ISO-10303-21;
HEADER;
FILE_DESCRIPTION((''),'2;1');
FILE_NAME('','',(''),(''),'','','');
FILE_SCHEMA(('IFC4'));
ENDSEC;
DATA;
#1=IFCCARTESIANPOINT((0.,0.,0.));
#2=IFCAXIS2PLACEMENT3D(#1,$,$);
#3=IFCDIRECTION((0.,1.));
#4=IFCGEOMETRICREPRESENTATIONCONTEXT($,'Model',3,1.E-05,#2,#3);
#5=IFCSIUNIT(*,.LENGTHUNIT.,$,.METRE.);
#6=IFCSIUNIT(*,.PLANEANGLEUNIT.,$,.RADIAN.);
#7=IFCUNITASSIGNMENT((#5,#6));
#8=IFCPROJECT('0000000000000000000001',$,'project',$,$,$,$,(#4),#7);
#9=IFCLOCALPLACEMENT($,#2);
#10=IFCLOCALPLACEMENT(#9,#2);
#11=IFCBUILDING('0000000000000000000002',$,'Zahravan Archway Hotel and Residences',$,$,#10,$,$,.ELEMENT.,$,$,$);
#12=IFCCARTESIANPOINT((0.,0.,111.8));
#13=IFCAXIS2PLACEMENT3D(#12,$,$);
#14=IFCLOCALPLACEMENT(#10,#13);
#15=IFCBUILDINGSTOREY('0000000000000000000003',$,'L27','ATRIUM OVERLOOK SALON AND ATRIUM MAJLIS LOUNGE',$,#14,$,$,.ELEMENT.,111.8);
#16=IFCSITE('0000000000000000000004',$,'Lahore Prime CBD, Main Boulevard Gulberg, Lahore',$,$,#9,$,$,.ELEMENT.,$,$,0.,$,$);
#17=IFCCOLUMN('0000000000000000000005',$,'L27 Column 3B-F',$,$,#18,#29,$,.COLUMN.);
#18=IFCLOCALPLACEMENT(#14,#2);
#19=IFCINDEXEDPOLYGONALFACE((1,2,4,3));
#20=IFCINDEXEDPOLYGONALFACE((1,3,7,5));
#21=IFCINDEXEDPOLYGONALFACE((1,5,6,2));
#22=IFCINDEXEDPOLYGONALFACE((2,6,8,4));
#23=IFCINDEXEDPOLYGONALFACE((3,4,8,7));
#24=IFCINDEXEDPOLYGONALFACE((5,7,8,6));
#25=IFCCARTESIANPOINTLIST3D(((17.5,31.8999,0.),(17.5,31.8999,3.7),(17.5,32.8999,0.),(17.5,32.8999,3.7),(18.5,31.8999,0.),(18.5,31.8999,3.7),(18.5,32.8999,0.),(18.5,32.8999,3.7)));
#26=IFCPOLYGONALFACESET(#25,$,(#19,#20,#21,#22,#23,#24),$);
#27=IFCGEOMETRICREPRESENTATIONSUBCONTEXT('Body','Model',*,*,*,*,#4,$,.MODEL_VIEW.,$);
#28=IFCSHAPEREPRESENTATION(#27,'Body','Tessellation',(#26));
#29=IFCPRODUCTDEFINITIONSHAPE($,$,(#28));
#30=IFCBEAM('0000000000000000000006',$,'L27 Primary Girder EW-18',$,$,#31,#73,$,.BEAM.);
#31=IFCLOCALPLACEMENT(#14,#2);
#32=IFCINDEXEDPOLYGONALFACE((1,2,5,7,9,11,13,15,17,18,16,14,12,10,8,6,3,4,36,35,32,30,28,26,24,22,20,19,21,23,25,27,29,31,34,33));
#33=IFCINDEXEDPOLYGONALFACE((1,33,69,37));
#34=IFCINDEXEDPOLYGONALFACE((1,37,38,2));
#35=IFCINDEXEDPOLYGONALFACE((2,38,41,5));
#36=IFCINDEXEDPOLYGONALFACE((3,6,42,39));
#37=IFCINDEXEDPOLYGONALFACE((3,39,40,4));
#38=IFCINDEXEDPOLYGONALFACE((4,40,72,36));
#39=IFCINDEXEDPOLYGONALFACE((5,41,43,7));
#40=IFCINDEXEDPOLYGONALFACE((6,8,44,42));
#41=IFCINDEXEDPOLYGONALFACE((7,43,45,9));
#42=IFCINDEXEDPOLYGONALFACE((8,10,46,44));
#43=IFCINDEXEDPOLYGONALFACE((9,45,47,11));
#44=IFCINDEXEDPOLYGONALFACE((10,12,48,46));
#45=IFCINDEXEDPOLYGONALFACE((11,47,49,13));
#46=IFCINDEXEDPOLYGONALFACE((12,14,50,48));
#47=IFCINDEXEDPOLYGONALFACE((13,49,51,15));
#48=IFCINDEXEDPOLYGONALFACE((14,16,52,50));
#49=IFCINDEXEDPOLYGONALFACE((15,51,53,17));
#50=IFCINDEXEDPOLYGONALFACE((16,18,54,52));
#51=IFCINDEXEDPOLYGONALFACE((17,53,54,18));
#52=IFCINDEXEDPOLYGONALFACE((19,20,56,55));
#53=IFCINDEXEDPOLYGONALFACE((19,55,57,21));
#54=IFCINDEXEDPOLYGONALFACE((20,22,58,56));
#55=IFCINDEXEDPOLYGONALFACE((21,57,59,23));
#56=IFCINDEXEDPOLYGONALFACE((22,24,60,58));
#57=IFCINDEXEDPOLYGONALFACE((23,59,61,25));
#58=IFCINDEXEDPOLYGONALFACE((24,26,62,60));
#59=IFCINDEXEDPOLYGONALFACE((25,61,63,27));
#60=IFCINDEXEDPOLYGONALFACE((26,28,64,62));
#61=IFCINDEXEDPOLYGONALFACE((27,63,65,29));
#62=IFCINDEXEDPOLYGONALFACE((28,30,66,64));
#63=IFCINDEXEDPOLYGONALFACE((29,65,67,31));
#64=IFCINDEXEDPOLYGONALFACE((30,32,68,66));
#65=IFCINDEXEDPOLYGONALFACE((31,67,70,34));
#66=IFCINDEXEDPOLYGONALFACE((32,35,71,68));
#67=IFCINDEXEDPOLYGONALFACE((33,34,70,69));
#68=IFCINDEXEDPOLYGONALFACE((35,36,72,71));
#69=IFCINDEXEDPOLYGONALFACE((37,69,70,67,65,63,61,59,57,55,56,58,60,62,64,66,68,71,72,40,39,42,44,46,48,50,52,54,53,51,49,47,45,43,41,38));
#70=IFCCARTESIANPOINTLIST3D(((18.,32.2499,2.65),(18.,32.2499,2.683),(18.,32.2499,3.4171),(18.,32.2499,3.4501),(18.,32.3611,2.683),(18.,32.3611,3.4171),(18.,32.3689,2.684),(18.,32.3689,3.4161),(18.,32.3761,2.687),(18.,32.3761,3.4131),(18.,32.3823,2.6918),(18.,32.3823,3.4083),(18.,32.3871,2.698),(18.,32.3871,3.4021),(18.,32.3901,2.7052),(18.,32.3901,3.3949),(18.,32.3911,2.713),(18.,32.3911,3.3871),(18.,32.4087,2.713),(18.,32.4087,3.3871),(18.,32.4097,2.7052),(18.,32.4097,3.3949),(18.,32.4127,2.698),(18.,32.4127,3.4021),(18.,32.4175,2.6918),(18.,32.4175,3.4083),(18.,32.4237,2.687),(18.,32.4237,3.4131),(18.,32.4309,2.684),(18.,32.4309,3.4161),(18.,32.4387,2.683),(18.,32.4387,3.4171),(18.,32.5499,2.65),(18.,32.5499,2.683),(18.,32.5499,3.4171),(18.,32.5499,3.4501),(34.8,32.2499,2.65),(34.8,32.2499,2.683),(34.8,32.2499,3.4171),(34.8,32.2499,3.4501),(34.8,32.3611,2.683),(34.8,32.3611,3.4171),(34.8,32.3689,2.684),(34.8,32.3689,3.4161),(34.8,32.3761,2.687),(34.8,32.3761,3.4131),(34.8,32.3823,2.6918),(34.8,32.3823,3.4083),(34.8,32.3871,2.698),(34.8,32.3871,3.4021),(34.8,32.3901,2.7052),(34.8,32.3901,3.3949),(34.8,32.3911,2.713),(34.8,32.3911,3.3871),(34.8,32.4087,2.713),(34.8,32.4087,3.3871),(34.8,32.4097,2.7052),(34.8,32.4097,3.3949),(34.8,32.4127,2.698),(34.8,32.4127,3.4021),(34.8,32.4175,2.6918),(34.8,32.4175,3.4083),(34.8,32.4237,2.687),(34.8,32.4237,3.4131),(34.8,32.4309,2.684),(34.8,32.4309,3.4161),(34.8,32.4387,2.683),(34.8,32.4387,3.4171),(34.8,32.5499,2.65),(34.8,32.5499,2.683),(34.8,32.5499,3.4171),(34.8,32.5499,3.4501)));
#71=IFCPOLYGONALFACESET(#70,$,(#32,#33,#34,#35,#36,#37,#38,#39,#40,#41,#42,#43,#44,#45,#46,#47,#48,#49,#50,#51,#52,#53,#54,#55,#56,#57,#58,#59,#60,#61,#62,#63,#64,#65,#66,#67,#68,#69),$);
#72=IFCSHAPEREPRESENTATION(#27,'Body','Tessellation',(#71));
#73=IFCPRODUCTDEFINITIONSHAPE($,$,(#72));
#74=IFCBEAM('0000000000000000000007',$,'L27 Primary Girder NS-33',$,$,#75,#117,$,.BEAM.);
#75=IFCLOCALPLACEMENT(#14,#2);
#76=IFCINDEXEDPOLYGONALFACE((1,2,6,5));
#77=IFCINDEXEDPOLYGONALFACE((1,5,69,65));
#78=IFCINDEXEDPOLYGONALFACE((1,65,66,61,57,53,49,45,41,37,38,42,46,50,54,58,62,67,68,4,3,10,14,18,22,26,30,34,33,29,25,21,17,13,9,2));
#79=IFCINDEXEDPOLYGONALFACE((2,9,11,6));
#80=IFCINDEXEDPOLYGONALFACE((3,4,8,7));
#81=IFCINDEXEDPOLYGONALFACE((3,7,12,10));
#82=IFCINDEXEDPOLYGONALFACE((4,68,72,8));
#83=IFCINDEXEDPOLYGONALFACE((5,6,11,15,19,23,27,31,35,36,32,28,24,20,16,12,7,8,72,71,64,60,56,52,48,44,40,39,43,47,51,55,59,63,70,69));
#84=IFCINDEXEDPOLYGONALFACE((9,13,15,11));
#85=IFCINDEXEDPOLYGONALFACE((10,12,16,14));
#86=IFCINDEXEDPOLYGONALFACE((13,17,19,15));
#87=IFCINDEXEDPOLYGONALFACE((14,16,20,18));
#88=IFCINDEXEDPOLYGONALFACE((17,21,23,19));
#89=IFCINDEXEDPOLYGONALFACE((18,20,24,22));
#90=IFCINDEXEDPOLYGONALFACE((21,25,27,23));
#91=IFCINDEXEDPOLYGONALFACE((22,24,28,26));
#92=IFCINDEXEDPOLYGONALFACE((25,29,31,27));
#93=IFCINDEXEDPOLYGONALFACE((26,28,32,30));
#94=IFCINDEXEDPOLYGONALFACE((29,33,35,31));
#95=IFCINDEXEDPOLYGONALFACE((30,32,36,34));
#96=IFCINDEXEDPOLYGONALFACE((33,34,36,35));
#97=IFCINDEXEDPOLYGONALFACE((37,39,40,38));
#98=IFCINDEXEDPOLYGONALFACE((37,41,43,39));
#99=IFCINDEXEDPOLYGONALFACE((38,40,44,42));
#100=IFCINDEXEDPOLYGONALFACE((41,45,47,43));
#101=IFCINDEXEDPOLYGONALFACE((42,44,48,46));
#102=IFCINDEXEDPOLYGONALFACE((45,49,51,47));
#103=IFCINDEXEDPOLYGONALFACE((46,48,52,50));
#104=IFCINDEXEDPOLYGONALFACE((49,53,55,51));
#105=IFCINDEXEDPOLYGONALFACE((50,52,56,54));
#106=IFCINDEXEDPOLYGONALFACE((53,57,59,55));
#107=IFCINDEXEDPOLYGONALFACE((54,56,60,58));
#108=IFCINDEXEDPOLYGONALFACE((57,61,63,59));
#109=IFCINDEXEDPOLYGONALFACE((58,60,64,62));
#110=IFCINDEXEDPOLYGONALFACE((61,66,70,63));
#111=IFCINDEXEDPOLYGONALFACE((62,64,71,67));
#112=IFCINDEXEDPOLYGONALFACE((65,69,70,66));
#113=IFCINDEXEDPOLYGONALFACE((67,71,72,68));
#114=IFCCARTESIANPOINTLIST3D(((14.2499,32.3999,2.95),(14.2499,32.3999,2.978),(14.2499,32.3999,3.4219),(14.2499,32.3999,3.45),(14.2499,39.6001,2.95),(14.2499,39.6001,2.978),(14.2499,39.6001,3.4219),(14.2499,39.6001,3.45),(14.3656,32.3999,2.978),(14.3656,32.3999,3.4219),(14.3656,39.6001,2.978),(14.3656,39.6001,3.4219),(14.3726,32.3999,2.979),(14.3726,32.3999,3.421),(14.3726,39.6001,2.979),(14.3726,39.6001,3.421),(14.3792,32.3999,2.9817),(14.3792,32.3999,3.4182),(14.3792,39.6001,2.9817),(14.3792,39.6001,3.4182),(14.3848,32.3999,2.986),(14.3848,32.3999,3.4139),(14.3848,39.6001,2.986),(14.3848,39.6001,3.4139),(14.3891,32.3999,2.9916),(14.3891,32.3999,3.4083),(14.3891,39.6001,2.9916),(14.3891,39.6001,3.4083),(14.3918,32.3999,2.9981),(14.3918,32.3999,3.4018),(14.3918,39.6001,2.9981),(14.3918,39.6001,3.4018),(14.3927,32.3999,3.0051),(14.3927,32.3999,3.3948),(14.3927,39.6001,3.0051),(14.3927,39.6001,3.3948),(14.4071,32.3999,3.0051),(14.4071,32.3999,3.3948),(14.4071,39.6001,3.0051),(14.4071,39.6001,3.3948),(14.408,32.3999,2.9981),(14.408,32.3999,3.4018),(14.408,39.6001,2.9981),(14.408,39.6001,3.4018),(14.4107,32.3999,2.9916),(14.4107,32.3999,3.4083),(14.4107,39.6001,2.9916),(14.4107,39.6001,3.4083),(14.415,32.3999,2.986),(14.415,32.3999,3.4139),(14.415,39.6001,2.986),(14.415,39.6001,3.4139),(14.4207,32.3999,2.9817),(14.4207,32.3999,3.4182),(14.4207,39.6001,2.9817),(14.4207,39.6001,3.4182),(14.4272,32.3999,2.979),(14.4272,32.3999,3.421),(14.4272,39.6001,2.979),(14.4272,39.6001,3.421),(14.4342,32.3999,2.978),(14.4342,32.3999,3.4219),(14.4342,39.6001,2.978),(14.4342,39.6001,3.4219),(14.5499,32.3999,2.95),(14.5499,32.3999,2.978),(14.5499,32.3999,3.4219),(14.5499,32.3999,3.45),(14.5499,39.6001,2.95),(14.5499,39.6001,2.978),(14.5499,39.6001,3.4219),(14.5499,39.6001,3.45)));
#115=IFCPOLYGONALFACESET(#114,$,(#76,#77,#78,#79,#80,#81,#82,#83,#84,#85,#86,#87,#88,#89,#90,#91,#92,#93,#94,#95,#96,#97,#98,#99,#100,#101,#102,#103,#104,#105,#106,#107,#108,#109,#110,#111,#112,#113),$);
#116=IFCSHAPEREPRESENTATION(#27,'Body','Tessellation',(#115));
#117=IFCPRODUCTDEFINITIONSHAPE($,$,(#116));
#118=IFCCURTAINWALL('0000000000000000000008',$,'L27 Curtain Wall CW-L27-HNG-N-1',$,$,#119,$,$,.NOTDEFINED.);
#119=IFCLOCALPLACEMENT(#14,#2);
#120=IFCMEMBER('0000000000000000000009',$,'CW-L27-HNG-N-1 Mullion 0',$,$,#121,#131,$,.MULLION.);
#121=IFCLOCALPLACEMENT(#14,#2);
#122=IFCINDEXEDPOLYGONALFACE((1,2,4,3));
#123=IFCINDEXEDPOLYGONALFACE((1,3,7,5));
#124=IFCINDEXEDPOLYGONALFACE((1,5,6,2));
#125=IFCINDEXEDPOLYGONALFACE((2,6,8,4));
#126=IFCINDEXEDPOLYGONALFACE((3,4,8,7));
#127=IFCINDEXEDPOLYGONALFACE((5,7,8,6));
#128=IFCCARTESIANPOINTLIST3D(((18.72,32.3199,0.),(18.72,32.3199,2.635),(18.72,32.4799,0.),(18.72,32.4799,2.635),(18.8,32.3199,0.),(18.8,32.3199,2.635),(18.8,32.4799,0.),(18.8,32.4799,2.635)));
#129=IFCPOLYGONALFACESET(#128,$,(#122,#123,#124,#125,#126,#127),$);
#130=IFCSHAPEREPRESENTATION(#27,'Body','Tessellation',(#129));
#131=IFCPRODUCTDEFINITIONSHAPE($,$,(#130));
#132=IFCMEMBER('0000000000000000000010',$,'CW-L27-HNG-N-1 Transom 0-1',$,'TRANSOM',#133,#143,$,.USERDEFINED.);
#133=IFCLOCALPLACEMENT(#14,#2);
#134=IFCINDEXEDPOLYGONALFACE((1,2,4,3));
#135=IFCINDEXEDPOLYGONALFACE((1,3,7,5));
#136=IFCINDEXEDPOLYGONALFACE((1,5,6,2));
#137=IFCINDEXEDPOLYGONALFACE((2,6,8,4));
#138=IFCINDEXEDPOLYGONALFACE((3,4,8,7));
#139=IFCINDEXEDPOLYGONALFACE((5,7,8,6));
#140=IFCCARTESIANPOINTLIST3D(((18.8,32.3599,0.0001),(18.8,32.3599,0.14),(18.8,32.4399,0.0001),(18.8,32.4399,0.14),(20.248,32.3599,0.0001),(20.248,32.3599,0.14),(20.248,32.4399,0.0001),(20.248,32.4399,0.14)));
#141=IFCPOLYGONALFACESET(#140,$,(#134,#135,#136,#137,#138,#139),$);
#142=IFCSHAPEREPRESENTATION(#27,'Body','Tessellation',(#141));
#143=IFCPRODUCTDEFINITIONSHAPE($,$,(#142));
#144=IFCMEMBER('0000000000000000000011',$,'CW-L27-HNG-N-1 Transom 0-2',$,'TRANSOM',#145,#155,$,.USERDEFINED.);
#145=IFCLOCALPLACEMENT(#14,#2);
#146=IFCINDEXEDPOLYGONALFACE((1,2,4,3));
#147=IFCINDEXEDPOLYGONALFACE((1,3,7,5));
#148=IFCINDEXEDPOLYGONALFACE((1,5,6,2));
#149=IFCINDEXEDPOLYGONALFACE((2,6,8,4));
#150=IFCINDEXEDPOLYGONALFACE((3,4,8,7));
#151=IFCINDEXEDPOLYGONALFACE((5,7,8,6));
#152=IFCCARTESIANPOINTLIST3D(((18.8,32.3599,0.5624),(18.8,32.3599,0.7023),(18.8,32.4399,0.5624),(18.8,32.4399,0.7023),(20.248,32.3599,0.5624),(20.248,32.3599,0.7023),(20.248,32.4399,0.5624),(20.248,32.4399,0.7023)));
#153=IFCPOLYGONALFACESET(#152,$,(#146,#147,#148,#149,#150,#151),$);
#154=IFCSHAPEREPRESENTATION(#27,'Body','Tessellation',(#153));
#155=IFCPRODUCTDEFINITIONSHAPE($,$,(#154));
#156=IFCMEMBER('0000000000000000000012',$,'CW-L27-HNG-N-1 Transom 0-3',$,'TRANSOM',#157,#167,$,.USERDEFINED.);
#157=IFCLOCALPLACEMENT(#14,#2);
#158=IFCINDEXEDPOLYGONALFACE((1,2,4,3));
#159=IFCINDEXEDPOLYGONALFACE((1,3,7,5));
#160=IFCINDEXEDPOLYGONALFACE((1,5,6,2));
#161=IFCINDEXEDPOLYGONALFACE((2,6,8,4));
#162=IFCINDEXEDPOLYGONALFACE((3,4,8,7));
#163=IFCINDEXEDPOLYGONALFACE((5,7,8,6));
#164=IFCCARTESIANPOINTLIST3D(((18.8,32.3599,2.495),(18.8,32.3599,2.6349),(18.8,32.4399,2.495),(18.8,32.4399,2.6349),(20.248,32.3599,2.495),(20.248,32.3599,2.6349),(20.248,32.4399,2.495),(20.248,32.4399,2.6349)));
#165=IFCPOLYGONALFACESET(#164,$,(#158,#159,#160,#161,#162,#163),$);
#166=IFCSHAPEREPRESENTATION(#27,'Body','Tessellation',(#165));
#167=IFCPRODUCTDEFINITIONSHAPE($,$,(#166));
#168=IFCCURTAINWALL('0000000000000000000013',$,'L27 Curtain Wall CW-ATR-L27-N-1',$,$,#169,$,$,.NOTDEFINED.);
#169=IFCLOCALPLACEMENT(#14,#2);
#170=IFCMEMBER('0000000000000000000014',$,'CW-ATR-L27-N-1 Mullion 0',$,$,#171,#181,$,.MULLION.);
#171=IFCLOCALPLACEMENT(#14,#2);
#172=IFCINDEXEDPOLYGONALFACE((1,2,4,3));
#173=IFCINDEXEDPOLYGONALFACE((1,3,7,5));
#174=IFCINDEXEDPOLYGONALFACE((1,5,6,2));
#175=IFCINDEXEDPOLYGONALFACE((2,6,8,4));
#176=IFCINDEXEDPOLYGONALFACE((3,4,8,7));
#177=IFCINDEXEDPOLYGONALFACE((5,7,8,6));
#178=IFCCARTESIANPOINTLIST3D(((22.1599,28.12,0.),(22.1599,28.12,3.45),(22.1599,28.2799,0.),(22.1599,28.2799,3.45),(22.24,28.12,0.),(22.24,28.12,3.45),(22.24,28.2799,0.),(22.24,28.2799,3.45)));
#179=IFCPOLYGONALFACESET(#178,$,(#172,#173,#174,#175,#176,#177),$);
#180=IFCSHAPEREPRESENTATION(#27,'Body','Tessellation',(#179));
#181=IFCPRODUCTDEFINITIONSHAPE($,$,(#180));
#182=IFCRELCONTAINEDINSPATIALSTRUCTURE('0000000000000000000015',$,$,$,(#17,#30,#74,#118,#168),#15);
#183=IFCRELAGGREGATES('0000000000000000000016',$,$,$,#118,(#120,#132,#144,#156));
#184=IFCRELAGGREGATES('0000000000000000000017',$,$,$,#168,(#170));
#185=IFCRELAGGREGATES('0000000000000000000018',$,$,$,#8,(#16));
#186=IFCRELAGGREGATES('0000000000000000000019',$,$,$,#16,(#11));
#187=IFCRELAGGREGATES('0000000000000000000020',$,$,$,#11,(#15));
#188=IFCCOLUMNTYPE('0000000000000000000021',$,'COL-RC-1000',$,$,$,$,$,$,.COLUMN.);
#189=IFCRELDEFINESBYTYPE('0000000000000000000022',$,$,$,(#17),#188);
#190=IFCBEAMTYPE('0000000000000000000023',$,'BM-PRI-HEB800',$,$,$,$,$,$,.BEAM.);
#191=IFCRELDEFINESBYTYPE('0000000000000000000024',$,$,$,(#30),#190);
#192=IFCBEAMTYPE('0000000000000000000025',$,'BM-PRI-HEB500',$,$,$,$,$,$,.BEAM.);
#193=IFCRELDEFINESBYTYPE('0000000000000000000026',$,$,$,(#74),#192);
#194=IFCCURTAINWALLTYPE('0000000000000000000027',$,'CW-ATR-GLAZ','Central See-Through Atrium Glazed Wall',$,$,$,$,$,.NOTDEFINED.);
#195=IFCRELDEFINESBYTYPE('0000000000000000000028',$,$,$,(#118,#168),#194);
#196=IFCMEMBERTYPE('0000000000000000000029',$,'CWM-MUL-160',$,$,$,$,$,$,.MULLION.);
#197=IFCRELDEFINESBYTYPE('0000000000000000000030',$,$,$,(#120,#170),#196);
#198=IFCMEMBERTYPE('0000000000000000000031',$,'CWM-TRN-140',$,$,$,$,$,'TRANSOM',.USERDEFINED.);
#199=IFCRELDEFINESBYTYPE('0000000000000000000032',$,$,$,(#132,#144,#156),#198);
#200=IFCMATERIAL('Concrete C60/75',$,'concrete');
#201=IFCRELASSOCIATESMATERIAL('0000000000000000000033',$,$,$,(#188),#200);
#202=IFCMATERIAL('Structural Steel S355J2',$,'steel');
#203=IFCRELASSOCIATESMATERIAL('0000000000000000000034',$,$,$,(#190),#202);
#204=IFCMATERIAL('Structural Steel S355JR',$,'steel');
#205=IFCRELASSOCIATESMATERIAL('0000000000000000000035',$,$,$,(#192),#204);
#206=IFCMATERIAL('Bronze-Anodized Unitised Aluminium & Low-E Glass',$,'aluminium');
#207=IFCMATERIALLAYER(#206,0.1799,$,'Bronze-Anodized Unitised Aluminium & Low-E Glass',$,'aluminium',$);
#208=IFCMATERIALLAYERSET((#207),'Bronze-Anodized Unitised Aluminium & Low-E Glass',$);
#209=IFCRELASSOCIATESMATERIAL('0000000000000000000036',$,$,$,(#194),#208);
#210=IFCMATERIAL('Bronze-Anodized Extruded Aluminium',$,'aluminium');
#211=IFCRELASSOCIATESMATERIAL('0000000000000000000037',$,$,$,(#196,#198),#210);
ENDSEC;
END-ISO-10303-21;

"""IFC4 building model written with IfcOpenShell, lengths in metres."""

from ifc_helpers import new_model, si_unit, direction, frame, origin, origin_2d, place, context, subcontext, project, spatial, rectangle, i_section, extrude, source, transform, mapped, material, layer, layer_set, material_profile, profile_set, type_object, type_shapes, element, aggregate, save


model = new_model("IFC4")

# Units and contexts
model_context = context("Model", 3, precision=1e-05, world=origin(), true_north=direction((0.0, 1.0)))
body_context = subcontext(model_context, "Body", "Model", "MODEL_VIEW")
ifc_project = project(units=[si_unit("LENGTHUNIT", "METRE"), si_unit("PLANEANGLEUNIT", "RADIAN")], contexts=[model_context])

# Site, building, storey
site_placement = place(None, origin())
site = spatial("IfcSite", under=ifc_project, at=site_placement, Name="Lahore Prime CBD, Main Boulevard Gulberg, Lahore", CompositionType="ELEMENT", RefElevation=0.0)
building_placement = place(site_placement, origin())
building = spatial("IfcBuilding", under=site, at=building_placement, Name="Zahravan Archway Hotel and Residences", CompositionType="ELEMENT")
storey_placement = place(building_placement, frame((0.0, 0.0, 111.8)))
storey = spatial("IfcBuildingStorey", under=building, at=storey_placement, Name="L27", Description="ATRIUM OVERLOOK SALON AND ATRIUM MAJLIS LOUNGE", CompositionType="ELEMENT", Elevation=111.8)

# Column
ifc_material_1 = material(Name="Concrete C60/75", Category="concrete")
ifc_material_profile_1 = material_profile(ifc_material_1, rectangle(XDim=1.0, YDim=1.0, at=origin_2d()), Name="RC-COL-1000x1000", Category="concrete")
ifc_profile_set_1 = profile_set([ifc_material_profile_1], Name="Concrete C60/75")
column_type = type_object("IfcColumnType", Name="COL-RC-1000", PredefinedType="COLUMN", material=ifc_profile_set_1)
shared_shape_1 = source(origin(), body_context, "Body", "SweptSolid", [
    extrude(rectangle(XDim=1.0, YDim=1.0, at=origin_2d()), origin(), (0.0, 0.0, 1.0), 3.7),
])
type_shapes(column_type, [shared_shape_1])
column_placement = place(storey_placement, frame((18.0, 32.3999, 0.0), z_axis=(0.0, 0.0, 1.0), x_axis=(1.0, 0.0, 0.0)))
element("IfcColumn", 1, at=column_placement, inside=storey, type_object=column_type, Name="L27 Column 3B-F", PredefinedType="COLUMN", context=body_context, shape_type="MappedRepresentation", body=[
    mapped(shared_shape_1, transform((0.0, 0.0, 0.0), scale=1.0)),
])

# Beams
ifc_material_2 = material(Name="Structural Steel S355J2", Category="steel")
ifc_material_profile_2 = material_profile(ifc_material_2, i_section(OverallWidth=0.3, OverallDepth=0.8, WebThickness=0.0176, FlangeThickness=0.033, FilletRadius=0.03, at=origin_2d()), Name="HEB 800", Category="steel")
ifc_profile_set_2 = profile_set([ifc_material_profile_2], Name="Structural Steel S355J2")
beam_type_1 = type_object("IfcBeamType", Name="BM-PRI-HEB800", PredefinedType="BEAM", material=ifc_profile_set_2)
shared_shape_2 = source(origin(), body_context, "Body", "SweptSolid", [
    extrude(i_section(OverallWidth=0.3, OverallDepth=0.8, WebThickness=0.0176, FlangeThickness=0.033, FilletRadius=0.03, at=origin_2d()), origin(), (0.0, 0.0, 1.0), 16.8),
])
type_shapes(beam_type_1, [shared_shape_2])
beam_1_placement = place(storey_placement, frame((18.0, 32.3999, 3.05), z_axis=(1.0, 0.0, 0.0), x_axis=(0.0, 1.0, 0.0)))
element("IfcBeam", 2, at=beam_1_placement, inside=storey, type_object=beam_type_1, Name="L27 Primary Girder EW-18", PredefinedType="BEAM", context=body_context, shape_type="MappedRepresentation", body=[
    mapped(shared_shape_2, transform((0.0, 0.0, 0.0), scale=1.0)),
])
ifc_material_3 = material(Name="Structural Steel S355JR", Category="steel")
ifc_material_profile_3 = material_profile(ifc_material_3, i_section(OverallWidth=0.3, OverallDepth=0.5, WebThickness=0.0144, FlangeThickness=0.0281, FilletRadius=0.0271, at=origin_2d()), Name="HEB 500", Category="steel")
ifc_profile_set_3 = profile_set([ifc_material_profile_3], Name="Structural Steel S355JR")
beam_type_2 = type_object("IfcBeamType", Name="BM-PRI-HEB500", PredefinedType="BEAM", material=ifc_profile_set_3)
shared_shape_3 = source(origin(), body_context, "Body", "SweptSolid", [
    extrude(i_section(OverallWidth=0.3, OverallDepth=0.5, WebThickness=0.0144, FlangeThickness=0.0281, FilletRadius=0.0271, at=origin_2d()), origin(), (0.0, 0.0, 1.0), 7.2002),
])
type_shapes(beam_type_2, [shared_shape_3])
beam_2_placement = place(storey_placement, frame((14.3999, 32.3999, 3.2), z_axis=(0.0, 1.0, 0.0), x_axis=(-1.0, 0.0, 0.0)))
element("IfcBeam", 3, at=beam_2_placement, inside=storey, type_object=beam_type_2, Name="L27 Primary Girder NS-33", PredefinedType="BEAM", context=body_context, shape_type="MappedRepresentation", body=[
    mapped(shared_shape_3, transform((0.0, 0.0, 0.0), scale=1.0)),
])

# Curtain walls, members
ifc_material_4 = material(Name="Bronze-Anodized Unitised Aluminium & Low-E Glass", Category="aluminium")
ifc_layer_1 = layer(ifc_material_4, 0.1799, Name="Bronze-Anodized Unitised Aluminium & Low-E Glass", Category="aluminium")
ifc_layer_set_1 = layer_set([ifc_layer_1], Name="Bronze-Anodized Unitised Aluminium & Low-E Glass")
curtain_wall_type = type_object("IfcCurtainWallType", Name="CW-ATR-GLAZ", Description="Central See-Through Atrium Glazed Wall", PredefinedType="NOTDEFINED", material=ifc_layer_set_1)
curtain_wall_1_placement = place(storey_placement, origin())
curtain_wall_1 = element("IfcCurtainWall", 4, at=curtain_wall_1_placement, inside=storey, type_object=curtain_wall_type, Name="L27 Curtain Wall CW-L27-HNG-N-1", PredefinedType="NOTDEFINED")
ifc_material_5 = material(Name="Bronze-Anodized Extruded Aluminium", Category="aluminium")
ifc_material_profile_4 = material_profile(ifc_material_5, rectangle(XDim=0.0801, YDim=0.1599, at=origin_2d()), Name="MUL 80x160", Category="aluminium")
ifc_profile_set_4 = profile_set([ifc_material_profile_4], Name="Bronze-Anodized Extruded Aluminium")
member_type_1 = type_object("IfcMemberType", Name="CWM-MUL-160", PredefinedType="MULLION", material=ifc_profile_set_4)
shared_shape_4 = source(origin(), body_context, "Body", "SweptSolid", [
    extrude(rectangle(XDim=0.0801, YDim=0.1599, at=origin_2d()), origin(), (0.0, 0.0, 1.0), 2.635),
])
member_1_placement = place(storey_placement, frame((18.76, 32.3999, 0.0), z_axis=(0.0, 0.0, 1.0), x_axis=(1.0, 0.0, 0.0)))
member_1 = element("IfcMember", 5, at=member_1_placement, type_object=member_type_1, Name="CW-L27-HNG-N-1 Mullion 0", PredefinedType="MULLION", context=body_context, shape_type="MappedRepresentation", body=[
    mapped(shared_shape_4, transform((0.0, 0.0, 0.0), scale=1.0)),
])
ifc_material_profile_5 = material_profile(ifc_material_5, rectangle(XDim=0.0801, YDim=0.1399, at=origin_2d()), Name="TRN 80x140", Category="aluminium")
ifc_profile_set_5 = profile_set([ifc_material_profile_5], Name="Bronze-Anodized Extruded Aluminium")
member_type_2 = type_object("IfcMemberType", Name="CWM-TRN-140", ElementType="TRANSOM", PredefinedType="USERDEFINED", material=ifc_profile_set_5)
shared_shape_5 = source(origin(), body_context, "Body", "SweptSolid", [
    extrude(rectangle(XDim=0.0801, YDim=0.1399, at=origin_2d()), origin(), (0.0, 0.0, 1.0), 1.448),
])
member_2_placement = place(storey_placement, frame((18.8, 32.3999, 0.0701), z_axis=(1.0, 0.0, 0.0), x_axis=(0.0, 1.0, 0.0)))
member_2 = element("IfcMember", 6, at=member_2_placement, type_object=member_type_2, Name="CW-L27-HNG-N-1 Transom 0-1", ObjectType="TRANSOM", PredefinedType="USERDEFINED", context=body_context, shape_type="MappedRepresentation", body=[
    mapped(shared_shape_5, transform((0.0, 0.0, 0.0), scale=1.0)),
])
member_3_placement = place(storey_placement, frame((18.8, 32.3999, 0.6323), z_axis=(1.0, 0.0, 0.0), x_axis=(0.0, 1.0, 0.0)))
member_3 = element("IfcMember", 7, at=member_3_placement, type_object=member_type_2, Name="CW-L27-HNG-N-1 Transom 0-2", ObjectType="TRANSOM", PredefinedType="USERDEFINED", context=body_context, shape_type="MappedRepresentation", body=[
    mapped(shared_shape_5, transform((0.0, 0.0, 0.0), scale=1.0)),
])
member_4_placement = place(storey_placement, frame((18.8, 32.3999, 2.5649), z_axis=(1.0, 0.0, 0.0), x_axis=(0.0, 1.0, 0.0)))
member_4 = element("IfcMember", 8, at=member_4_placement, type_object=member_type_2, Name="CW-L27-HNG-N-1 Transom 0-3", ObjectType="TRANSOM", PredefinedType="USERDEFINED", context=body_context, shape_type="MappedRepresentation", body=[
    mapped(shared_shape_5, transform((0.0, 0.0, 0.0), scale=1.0)),
])
curtain_wall_2_placement = place(storey_placement, origin())
curtain_wall_2 = element("IfcCurtainWall", 9, at=curtain_wall_2_placement, inside=storey, type_object=curtain_wall_type, Name="L27 Curtain Wall CW-ATR-L27-N-1", PredefinedType="NOTDEFINED")
shared_shape_6 = source(origin(), body_context, "Body", "SweptSolid", [
    extrude(rectangle(XDim=0.0801, YDim=0.1599, at=origin_2d()), origin(), (0.0, 0.0, 1.0), 3.45),
])
member_5_placement = place(storey_placement, frame((22.2, 28.2, 0.0), z_axis=(0.0, 0.0, 1.0), x_axis=(1.0, 0.0, 0.0)))
member_5 = element("IfcMember", 10, at=member_5_placement, type_object=member_type_1, Name="CW-ATR-L27-N-1 Mullion 0", PredefinedType="MULLION", context=body_context, shape_type="MappedRepresentation", body=[
    mapped(shared_shape_6, transform((0.0, 0.0, 0.0), scale=1.0)),
])

aggregate(curtain_wall_1, [member_1, member_2, member_3, member_4])
aggregate(curtain_wall_2, [member_5])

save(model, "model.ifc")
